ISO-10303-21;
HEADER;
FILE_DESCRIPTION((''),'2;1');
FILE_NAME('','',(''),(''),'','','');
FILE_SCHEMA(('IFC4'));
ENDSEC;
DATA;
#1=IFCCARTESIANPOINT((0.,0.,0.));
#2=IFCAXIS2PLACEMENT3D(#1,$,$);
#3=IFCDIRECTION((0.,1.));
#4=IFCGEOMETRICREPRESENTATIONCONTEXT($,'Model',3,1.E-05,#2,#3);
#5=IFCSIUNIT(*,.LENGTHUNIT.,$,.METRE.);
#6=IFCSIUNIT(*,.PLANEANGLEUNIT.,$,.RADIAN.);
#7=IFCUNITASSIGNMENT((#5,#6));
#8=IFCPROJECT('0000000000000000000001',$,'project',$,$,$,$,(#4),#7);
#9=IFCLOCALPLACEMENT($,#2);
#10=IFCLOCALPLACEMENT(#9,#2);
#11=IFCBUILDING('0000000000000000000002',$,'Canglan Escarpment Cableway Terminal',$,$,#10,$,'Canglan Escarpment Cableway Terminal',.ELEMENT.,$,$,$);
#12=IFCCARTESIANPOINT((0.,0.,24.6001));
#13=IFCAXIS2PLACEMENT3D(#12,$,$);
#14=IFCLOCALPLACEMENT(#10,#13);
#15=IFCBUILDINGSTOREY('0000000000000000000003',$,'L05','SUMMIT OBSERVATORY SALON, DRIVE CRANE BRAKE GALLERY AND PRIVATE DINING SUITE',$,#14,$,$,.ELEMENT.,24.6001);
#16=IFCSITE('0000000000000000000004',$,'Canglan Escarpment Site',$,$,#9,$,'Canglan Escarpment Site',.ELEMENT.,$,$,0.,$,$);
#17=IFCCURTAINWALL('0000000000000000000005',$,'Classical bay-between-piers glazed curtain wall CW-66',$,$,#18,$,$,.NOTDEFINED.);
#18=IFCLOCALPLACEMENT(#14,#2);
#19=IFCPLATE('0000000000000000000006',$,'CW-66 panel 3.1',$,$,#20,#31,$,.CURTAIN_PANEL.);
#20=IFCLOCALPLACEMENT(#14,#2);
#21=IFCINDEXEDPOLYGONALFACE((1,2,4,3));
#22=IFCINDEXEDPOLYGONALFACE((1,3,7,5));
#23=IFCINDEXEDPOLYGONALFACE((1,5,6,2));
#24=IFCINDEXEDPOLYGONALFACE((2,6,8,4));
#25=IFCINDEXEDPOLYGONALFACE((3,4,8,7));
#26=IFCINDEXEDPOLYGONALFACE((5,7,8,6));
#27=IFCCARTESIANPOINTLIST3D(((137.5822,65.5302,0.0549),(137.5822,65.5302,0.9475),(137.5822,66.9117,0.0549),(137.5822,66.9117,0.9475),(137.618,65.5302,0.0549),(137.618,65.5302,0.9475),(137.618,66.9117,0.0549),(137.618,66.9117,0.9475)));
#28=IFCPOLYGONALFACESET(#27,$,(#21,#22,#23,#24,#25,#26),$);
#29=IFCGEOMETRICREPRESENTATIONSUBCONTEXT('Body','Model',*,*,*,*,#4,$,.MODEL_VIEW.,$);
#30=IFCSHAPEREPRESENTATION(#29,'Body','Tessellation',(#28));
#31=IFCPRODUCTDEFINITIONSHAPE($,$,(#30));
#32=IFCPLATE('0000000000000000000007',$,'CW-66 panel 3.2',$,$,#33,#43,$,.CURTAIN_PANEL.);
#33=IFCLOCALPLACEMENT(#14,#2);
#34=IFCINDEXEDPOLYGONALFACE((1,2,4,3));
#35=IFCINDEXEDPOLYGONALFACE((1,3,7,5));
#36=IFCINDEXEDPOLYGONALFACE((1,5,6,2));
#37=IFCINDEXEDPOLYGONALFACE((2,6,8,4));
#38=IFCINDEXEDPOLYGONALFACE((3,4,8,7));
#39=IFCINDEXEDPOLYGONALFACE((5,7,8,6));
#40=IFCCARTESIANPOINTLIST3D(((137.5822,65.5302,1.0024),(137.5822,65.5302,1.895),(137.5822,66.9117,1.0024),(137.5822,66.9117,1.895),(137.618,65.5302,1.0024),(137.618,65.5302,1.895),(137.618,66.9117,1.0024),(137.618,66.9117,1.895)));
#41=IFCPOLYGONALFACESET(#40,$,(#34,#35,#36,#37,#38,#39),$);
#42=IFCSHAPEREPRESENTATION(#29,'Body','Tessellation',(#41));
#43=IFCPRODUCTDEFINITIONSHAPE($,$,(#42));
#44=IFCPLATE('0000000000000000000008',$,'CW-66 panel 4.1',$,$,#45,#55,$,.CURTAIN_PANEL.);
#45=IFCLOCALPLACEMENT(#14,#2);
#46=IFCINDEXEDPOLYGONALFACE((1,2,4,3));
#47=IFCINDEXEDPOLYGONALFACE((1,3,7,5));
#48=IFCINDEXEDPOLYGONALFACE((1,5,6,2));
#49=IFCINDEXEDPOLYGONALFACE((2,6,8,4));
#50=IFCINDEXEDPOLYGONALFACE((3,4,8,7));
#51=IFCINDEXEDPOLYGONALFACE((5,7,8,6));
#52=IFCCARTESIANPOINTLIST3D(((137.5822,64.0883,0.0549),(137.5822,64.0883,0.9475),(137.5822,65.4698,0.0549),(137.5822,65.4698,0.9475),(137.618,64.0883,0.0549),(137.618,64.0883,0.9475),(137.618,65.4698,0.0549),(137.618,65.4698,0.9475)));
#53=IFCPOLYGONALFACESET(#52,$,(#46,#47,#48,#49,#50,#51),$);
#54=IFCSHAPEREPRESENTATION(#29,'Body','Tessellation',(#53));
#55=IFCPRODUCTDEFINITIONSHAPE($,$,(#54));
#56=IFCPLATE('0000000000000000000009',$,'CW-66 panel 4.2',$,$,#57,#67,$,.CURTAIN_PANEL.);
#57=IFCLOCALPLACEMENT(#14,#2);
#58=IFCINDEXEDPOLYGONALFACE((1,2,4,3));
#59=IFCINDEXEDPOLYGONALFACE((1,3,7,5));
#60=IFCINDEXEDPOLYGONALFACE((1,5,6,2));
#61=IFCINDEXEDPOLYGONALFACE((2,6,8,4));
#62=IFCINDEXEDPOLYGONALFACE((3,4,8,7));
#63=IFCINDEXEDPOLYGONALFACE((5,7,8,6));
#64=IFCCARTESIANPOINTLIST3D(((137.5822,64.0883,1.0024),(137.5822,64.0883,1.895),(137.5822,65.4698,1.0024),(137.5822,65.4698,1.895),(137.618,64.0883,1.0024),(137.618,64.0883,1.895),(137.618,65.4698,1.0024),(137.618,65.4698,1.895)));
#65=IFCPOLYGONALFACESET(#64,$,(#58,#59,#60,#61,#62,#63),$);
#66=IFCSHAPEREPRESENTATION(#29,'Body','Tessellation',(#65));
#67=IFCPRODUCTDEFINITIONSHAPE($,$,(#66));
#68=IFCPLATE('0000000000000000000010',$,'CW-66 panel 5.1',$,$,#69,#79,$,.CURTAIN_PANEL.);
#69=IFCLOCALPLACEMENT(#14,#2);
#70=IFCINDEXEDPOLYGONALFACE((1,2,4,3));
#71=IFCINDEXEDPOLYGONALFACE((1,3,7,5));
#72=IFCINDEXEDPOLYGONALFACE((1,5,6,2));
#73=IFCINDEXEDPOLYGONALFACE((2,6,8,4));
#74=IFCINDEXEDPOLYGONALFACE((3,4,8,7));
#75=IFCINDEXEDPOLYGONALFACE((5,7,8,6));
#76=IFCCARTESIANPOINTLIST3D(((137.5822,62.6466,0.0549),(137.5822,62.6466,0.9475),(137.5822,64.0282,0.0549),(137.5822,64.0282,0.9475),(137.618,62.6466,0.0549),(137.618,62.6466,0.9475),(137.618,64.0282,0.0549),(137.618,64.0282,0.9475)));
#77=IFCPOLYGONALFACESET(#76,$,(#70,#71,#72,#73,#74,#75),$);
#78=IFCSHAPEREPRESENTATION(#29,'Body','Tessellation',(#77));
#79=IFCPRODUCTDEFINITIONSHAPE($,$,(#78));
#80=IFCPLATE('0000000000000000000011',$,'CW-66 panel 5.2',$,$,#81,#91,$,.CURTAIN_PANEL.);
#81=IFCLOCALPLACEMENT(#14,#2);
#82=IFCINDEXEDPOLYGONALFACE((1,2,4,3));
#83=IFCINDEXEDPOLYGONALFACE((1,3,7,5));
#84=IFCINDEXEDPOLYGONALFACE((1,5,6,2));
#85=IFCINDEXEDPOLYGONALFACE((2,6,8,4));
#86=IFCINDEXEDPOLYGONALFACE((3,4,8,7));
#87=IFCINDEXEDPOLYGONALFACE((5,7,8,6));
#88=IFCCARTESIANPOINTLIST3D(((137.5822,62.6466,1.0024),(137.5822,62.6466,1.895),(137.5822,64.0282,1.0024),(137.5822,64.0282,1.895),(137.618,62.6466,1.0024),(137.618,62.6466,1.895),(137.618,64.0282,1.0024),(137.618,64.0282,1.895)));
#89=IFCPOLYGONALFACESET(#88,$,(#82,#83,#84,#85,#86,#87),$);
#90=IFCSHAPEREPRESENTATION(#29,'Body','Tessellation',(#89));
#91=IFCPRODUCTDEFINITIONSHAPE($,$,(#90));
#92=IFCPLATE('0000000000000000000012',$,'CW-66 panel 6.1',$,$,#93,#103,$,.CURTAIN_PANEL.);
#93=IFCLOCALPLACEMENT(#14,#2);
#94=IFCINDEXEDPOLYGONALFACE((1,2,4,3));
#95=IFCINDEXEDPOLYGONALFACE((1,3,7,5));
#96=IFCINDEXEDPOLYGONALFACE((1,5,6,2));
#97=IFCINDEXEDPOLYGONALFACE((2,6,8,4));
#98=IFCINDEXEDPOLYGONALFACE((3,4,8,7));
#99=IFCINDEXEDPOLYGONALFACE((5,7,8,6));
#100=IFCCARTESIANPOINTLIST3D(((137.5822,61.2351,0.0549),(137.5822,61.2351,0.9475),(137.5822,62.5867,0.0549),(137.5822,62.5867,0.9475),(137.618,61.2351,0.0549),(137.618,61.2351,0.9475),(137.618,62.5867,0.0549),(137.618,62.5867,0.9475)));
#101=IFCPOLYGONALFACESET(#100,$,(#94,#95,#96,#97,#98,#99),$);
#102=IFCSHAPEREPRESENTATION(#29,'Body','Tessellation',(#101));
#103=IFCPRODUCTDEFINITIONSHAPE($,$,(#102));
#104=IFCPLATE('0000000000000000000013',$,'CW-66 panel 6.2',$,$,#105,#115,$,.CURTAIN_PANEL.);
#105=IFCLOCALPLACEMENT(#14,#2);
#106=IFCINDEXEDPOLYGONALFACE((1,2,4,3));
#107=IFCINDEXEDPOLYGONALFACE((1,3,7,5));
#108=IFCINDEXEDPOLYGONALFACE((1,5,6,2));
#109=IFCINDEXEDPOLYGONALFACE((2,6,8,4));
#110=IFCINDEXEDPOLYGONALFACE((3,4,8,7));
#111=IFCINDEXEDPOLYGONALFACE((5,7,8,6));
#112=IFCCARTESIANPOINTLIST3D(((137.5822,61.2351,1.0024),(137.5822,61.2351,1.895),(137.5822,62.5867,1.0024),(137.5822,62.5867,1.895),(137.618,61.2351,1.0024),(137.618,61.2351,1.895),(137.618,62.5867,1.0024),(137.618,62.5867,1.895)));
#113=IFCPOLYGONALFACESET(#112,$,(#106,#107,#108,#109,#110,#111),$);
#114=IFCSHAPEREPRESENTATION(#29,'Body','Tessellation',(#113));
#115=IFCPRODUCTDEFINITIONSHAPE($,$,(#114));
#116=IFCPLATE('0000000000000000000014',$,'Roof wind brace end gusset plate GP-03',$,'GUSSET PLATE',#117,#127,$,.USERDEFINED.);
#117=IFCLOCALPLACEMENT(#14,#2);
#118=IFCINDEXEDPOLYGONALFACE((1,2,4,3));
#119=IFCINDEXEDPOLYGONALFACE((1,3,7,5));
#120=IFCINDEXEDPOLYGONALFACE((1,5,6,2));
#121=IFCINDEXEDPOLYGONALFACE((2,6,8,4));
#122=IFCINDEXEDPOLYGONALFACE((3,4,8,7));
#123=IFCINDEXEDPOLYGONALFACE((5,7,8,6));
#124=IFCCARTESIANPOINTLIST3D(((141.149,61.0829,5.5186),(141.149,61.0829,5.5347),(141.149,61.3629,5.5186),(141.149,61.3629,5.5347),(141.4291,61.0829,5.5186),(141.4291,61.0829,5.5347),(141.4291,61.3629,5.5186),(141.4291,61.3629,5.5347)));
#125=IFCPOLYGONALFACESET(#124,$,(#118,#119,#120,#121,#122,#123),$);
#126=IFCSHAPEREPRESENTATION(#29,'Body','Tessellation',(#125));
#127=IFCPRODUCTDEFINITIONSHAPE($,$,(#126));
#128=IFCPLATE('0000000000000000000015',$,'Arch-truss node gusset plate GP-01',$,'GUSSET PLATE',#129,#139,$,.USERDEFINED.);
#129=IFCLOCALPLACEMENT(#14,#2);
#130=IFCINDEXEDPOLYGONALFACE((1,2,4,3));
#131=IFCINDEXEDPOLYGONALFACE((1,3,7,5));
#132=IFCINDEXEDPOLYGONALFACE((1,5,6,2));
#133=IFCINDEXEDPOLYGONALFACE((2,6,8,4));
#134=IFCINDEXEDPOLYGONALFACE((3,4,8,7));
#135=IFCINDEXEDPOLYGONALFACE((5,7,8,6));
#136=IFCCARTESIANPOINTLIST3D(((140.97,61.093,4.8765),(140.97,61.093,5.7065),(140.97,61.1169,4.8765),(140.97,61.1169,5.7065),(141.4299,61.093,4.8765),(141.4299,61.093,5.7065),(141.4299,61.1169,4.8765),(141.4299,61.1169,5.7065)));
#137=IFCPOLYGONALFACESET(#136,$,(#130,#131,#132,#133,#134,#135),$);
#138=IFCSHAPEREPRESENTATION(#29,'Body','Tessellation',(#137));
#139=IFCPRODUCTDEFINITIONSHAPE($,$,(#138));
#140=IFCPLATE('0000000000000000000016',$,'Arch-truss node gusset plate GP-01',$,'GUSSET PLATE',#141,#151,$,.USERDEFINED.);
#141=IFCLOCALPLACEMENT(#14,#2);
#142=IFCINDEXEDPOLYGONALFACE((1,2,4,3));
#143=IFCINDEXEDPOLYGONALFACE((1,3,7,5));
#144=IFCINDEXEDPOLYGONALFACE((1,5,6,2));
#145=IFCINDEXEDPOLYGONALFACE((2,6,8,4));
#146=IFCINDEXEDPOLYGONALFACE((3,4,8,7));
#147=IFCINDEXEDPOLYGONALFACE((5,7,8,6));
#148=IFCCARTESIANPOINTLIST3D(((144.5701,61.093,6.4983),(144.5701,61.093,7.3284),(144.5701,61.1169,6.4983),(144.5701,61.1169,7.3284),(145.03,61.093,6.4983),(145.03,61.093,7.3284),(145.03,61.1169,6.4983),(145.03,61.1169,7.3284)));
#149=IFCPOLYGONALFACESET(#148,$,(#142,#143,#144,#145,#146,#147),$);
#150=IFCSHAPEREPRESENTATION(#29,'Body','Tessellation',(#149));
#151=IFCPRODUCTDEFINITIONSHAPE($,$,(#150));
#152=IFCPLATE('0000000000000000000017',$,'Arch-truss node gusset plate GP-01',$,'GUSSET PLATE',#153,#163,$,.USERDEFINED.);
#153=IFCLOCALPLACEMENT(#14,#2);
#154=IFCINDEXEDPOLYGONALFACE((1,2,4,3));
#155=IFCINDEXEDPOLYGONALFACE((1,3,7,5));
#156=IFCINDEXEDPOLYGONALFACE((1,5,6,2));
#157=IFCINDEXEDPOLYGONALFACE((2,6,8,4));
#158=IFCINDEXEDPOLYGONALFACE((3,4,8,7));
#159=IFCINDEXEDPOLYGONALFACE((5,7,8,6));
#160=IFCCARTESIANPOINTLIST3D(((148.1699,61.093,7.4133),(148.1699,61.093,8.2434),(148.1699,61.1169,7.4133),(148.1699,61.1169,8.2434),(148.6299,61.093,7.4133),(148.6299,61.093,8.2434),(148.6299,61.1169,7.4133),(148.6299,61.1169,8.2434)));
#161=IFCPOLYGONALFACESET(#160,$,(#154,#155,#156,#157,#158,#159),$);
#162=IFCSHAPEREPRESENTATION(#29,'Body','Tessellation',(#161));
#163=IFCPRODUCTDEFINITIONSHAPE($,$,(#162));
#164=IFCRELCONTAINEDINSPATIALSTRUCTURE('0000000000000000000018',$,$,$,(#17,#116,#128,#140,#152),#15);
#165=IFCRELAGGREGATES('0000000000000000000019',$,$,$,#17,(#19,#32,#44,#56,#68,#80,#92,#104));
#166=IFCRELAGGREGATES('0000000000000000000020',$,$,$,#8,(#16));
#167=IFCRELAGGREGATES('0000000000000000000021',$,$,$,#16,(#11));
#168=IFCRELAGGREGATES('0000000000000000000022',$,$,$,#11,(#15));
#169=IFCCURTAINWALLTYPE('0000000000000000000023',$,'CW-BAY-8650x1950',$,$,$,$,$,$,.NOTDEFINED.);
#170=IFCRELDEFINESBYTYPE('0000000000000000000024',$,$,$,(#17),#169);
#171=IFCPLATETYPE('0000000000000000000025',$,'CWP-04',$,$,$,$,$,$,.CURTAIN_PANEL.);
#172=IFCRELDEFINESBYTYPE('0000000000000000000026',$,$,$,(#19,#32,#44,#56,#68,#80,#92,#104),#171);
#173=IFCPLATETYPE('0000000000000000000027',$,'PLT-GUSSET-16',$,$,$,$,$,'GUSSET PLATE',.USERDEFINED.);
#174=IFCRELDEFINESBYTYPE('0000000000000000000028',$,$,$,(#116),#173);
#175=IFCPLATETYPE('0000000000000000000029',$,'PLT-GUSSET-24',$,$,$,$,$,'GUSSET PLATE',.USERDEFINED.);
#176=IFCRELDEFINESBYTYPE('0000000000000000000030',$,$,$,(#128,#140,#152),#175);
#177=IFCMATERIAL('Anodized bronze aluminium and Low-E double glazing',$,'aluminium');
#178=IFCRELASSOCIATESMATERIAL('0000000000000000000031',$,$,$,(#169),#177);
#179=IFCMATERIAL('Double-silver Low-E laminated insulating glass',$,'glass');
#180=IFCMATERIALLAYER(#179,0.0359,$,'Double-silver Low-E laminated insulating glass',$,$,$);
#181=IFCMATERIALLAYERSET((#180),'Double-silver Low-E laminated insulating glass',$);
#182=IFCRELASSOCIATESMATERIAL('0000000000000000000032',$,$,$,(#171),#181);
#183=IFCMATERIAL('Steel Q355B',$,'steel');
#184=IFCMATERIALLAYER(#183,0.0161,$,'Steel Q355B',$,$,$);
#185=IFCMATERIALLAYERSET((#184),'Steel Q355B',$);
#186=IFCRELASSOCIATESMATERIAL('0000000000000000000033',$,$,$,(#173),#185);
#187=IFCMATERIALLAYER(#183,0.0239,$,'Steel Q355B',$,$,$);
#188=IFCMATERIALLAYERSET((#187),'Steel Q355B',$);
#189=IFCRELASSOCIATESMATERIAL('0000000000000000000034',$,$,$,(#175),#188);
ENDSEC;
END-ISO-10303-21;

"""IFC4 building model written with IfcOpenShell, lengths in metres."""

from ifc_helpers import new_model, si_unit, direction, frame, origin, origin_2d, place, context, subcontext, project, spatial, rectangle, extrude, material, layer, layer_set, type_object, element, aggregate, save


model = new_model("IFC4")

# Units and contexts
model_context = context("Model", 3, precision=1e-05, world=origin(), true_north=direction((0.0, 1.0)))
body_context = subcontext(model_context, "Body", "Model", "MODEL_VIEW")
ifc_project = project(units=[si_unit("LENGTHUNIT", "METRE"), si_unit("PLANEANGLEUNIT", "RADIAN")], contexts=[model_context])

# Site, building, storey
site_placement = place(None, origin())
site = spatial("IfcSite", under=ifc_project, at=site_placement, Name="Canglan Escarpment Site", LongName="Canglan Escarpment Site", CompositionType="ELEMENT", RefElevation=0.0)
building_placement = place(site_placement, origin())
building = spatial("IfcBuilding", under=site, at=building_placement, Name="Canglan Escarpment Cableway Terminal", LongName="Canglan Escarpment Cableway Terminal", CompositionType="ELEMENT")
storey_placement = place(building_placement, frame((0.0, 0.0, 24.6001)))
storey = spatial("IfcBuildingStorey", under=building, at=storey_placement, Name="L05", Description="SUMMIT OBSERVATORY SALON, DRIVE CRANE BRAKE GALLERY AND PRIVATE DINING SUITE", CompositionType="ELEMENT", Elevation=24.6001)

# Curtain wall, plates
ifc_material_1 = material(Name="Anodized bronze aluminium and Low-E double glazing", Category="aluminium")
curtain_wall_type = type_object("IfcCurtainWallType", Name="CW-BAY-8650x1950", PredefinedType="NOTDEFINED", material=ifc_material_1)
curtain_wall_placement = place(storey_placement, origin())
curtain_wall = element("IfcCurtainWall", 1, at=curtain_wall_placement, inside=storey, type_object=curtain_wall_type, Name="Classical bay-between-piers glazed curtain wall CW-66", PredefinedType="NOTDEFINED")
ifc_material_2 = material(Name="Double-silver Low-E laminated insulating glass", Category="glass")
ifc_layer_1 = layer(ifc_material_2, 0.0359, Name="Double-silver Low-E laminated insulating glass")
ifc_layer_set_1 = layer_set([ifc_layer_1], Name="Double-silver Low-E laminated insulating glass")
plate_type_1 = type_object("IfcPlateType", Name="CWP-04", PredefinedType="CURTAIN_PANEL", material=ifc_layer_set_1)
plate_1_placement = place(storey_placement, frame((137.6001, 66.2209, 0.0549), z_axis=(0.0, 0.0, 1.0), x_axis=(0.0, -1.0, 0.0)))
plate_1 = element("IfcPlate", 2, at=plate_1_placement, type_object=plate_type_1, Name="CW-66 panel 3.1", PredefinedType="CURTAIN_PANEL", context=body_context, shape_type="SweptSolid", body=[
    extrude(rectangle(XDim=1.3816, YDim=0.0359, at=origin_2d()), origin(), (0.0, 0.0, 1.0), 0.8926),
])
plate_2_placement = place(storey_placement, frame((137.6001, 66.2209, 1.0024), z_axis=(0.0, 0.0, 1.0), x_axis=(0.0, -1.0, 0.0)))
plate_2 = element("IfcPlate", 3, at=plate_2_placement, type_object=plate_type_1, Name="CW-66 panel 3.2", PredefinedType="CURTAIN_PANEL", context=body_context, shape_type="SweptSolid", body=[
    extrude(rectangle(XDim=1.3816, YDim=0.0359, at=origin_2d()), origin(), (0.0, 0.0, 1.0), 0.8926),
])
plate_3_placement = place(storey_placement, frame((137.6001, 64.7791, 0.0549), z_axis=(0.0, 0.0, 1.0), x_axis=(0.0, -1.0, 0.0)))
plate_3 = element("IfcPlate", 4, at=plate_3_placement, type_object=plate_type_1, Name="CW-66 panel 4.1", PredefinedType="CURTAIN_PANEL", context=body_context, shape_type="SweptSolid", body=[
    extrude(rectangle(XDim=1.3816, YDim=0.0359, at=origin_2d()), origin(), (0.0, 0.0, 1.0), 0.8926),
])
plate_4_placement = place(storey_placement, frame((137.6001, 64.7791, 1.0024), z_axis=(0.0, 0.0, 1.0), x_axis=(0.0, -1.0, 0.0)))
plate_4 = element("IfcPlate", 5, at=plate_4_placement, type_object=plate_type_1, Name="CW-66 panel 4.2", PredefinedType="CURTAIN_PANEL", context=body_context, shape_type="SweptSolid", body=[
    extrude(rectangle(XDim=1.3816, YDim=0.0359, at=origin_2d()), origin(), (0.0, 0.0, 1.0), 0.8926),
])
plate_5_placement = place(storey_placement, frame((137.6001, 63.3374, 0.0549), z_axis=(0.0, 0.0, 1.0), x_axis=(0.0, -1.0, 0.0)))
plate_5 = element("IfcPlate", 6, at=plate_5_placement, type_object=plate_type_1, Name="CW-66 panel 5.1", PredefinedType="CURTAIN_PANEL", context=body_context, shape_type="SweptSolid", body=[
    extrude(rectangle(XDim=1.3816, YDim=0.0359, at=origin_2d()), origin(), (0.0, 0.0, 1.0), 0.8926),
])
plate_6_placement = place(storey_placement, frame((137.6001, 63.3374, 1.0024), z_axis=(0.0, 0.0, 1.0), x_axis=(0.0, -1.0, 0.0)))
plate_6 = element("IfcPlate", 7, at=plate_6_placement, type_object=plate_type_1, Name="CW-66 panel 5.2", PredefinedType="CURTAIN_PANEL", context=body_context, shape_type="SweptSolid", body=[
    extrude(rectangle(XDim=1.3816, YDim=0.0359, at=origin_2d()), origin(), (0.0, 0.0, 1.0), 0.8926),
])
plate_7_placement = place(storey_placement, frame((137.6001, 61.9109, 0.0549), z_axis=(0.0, 0.0, 1.0), x_axis=(0.0, -1.0, 0.0)))
plate_7 = element("IfcPlate", 8, at=plate_7_placement, type_object=plate_type_1, Name="CW-66 panel 6.1", PredefinedType="CURTAIN_PANEL", context=body_context, shape_type="SweptSolid", body=[
    extrude(rectangle(XDim=1.3516, YDim=0.0359, at=origin_2d()), origin(), (0.0, 0.0, 1.0), 0.8926),
])
plate_8_placement = place(storey_placement, frame((137.6001, 61.9109, 1.0024), z_axis=(0.0, 0.0, 1.0), x_axis=(0.0, -1.0, 0.0)))
plate_8 = element("IfcPlate", 9, at=plate_8_placement, type_object=plate_type_1, Name="CW-66 panel 6.2", PredefinedType="CURTAIN_PANEL", context=body_context, shape_type="SweptSolid", body=[
    extrude(rectangle(XDim=1.3516, YDim=0.0359, at=origin_2d()), origin(), (0.0, 0.0, 1.0), 0.8926),
])
aggregate(curtain_wall, [plate_1, plate_2, plate_3, plate_4, plate_5, plate_6, plate_7, plate_8])

# Plates
ifc_material_3 = material(Name="Steel Q355B", Category="steel")
ifc_layer_2 = layer(ifc_material_3, 0.0161, Name="Steel Q355B")
ifc_layer_set_2 = layer_set([ifc_layer_2], Name="Steel Q355B")
plate_type_2 = type_object("IfcPlateType", Name="PLT-GUSSET-16", ElementType="GUSSET PLATE", PredefinedType="USERDEFINED", material=ifc_layer_set_2)
plate_9_placement = place(storey_placement, frame((141.2891, 61.2229, 5.5186), z_axis=(0.0, 0.0, 1.0), x_axis=(1.0, 0.0, 0.0)))
element("IfcPlate", 10, at=plate_9_placement, inside=storey, type_object=plate_type_2, Name="Roof wind brace end gusset plate GP-03", ObjectType="GUSSET PLATE", PredefinedType="USERDEFINED", context=body_context, shape_type="SweptSolid", body=[
    extrude(rectangle(XDim=0.28, YDim=0.28, at=origin_2d()), origin(), (0.0, 0.0, 1.0), 0.0161),
])
ifc_layer_3 = layer(ifc_material_3, 0.0239, Name="Steel Q355B")
ifc_layer_set_3 = layer_set([ifc_layer_3], Name="Steel Q355B")
plate_type_3 = type_object("IfcPlateType", Name="PLT-GUSSET-24", ElementType="GUSSET PLATE", PredefinedType="USERDEFINED", material=ifc_layer_set_3)
for number, where, z_axis, x_axis, name in (
    (11, (141.2, 61.105, 4.8765), (0.0, 0.0, 1.0), (1.0, 0.0, 0.0), "Arch-truss node gusset plate GP-01"),
    (12, (144.8, 61.105, 6.4983), (0.0, 0.0, 1.0), (1.0, 0.0, 0.0), "Arch-truss node gusset plate GP-01"),
    (13, (148.3999, 61.105, 7.4133), (0.0, 0.0, 1.0), (1.0, 0.0, 0.0), "Arch-truss node gusset plate GP-01"),
):
    element("IfcPlate", number, at=place(storey_placement, frame(where, z_axis=z_axis, x_axis=x_axis)), inside=storey, type_object=plate_type_3, Name=name, ObjectType="GUSSET PLATE", PredefinedType="USERDEFINED", context=body_context, shape_type="SweptSolid", body=[
        extrude(rectangle(XDim=0.46, YDim=0.0239, at=origin_2d()), origin(), (0.0, 0.0, 1.0), 0.8301),
    ])

save(model, "model.ifc")
